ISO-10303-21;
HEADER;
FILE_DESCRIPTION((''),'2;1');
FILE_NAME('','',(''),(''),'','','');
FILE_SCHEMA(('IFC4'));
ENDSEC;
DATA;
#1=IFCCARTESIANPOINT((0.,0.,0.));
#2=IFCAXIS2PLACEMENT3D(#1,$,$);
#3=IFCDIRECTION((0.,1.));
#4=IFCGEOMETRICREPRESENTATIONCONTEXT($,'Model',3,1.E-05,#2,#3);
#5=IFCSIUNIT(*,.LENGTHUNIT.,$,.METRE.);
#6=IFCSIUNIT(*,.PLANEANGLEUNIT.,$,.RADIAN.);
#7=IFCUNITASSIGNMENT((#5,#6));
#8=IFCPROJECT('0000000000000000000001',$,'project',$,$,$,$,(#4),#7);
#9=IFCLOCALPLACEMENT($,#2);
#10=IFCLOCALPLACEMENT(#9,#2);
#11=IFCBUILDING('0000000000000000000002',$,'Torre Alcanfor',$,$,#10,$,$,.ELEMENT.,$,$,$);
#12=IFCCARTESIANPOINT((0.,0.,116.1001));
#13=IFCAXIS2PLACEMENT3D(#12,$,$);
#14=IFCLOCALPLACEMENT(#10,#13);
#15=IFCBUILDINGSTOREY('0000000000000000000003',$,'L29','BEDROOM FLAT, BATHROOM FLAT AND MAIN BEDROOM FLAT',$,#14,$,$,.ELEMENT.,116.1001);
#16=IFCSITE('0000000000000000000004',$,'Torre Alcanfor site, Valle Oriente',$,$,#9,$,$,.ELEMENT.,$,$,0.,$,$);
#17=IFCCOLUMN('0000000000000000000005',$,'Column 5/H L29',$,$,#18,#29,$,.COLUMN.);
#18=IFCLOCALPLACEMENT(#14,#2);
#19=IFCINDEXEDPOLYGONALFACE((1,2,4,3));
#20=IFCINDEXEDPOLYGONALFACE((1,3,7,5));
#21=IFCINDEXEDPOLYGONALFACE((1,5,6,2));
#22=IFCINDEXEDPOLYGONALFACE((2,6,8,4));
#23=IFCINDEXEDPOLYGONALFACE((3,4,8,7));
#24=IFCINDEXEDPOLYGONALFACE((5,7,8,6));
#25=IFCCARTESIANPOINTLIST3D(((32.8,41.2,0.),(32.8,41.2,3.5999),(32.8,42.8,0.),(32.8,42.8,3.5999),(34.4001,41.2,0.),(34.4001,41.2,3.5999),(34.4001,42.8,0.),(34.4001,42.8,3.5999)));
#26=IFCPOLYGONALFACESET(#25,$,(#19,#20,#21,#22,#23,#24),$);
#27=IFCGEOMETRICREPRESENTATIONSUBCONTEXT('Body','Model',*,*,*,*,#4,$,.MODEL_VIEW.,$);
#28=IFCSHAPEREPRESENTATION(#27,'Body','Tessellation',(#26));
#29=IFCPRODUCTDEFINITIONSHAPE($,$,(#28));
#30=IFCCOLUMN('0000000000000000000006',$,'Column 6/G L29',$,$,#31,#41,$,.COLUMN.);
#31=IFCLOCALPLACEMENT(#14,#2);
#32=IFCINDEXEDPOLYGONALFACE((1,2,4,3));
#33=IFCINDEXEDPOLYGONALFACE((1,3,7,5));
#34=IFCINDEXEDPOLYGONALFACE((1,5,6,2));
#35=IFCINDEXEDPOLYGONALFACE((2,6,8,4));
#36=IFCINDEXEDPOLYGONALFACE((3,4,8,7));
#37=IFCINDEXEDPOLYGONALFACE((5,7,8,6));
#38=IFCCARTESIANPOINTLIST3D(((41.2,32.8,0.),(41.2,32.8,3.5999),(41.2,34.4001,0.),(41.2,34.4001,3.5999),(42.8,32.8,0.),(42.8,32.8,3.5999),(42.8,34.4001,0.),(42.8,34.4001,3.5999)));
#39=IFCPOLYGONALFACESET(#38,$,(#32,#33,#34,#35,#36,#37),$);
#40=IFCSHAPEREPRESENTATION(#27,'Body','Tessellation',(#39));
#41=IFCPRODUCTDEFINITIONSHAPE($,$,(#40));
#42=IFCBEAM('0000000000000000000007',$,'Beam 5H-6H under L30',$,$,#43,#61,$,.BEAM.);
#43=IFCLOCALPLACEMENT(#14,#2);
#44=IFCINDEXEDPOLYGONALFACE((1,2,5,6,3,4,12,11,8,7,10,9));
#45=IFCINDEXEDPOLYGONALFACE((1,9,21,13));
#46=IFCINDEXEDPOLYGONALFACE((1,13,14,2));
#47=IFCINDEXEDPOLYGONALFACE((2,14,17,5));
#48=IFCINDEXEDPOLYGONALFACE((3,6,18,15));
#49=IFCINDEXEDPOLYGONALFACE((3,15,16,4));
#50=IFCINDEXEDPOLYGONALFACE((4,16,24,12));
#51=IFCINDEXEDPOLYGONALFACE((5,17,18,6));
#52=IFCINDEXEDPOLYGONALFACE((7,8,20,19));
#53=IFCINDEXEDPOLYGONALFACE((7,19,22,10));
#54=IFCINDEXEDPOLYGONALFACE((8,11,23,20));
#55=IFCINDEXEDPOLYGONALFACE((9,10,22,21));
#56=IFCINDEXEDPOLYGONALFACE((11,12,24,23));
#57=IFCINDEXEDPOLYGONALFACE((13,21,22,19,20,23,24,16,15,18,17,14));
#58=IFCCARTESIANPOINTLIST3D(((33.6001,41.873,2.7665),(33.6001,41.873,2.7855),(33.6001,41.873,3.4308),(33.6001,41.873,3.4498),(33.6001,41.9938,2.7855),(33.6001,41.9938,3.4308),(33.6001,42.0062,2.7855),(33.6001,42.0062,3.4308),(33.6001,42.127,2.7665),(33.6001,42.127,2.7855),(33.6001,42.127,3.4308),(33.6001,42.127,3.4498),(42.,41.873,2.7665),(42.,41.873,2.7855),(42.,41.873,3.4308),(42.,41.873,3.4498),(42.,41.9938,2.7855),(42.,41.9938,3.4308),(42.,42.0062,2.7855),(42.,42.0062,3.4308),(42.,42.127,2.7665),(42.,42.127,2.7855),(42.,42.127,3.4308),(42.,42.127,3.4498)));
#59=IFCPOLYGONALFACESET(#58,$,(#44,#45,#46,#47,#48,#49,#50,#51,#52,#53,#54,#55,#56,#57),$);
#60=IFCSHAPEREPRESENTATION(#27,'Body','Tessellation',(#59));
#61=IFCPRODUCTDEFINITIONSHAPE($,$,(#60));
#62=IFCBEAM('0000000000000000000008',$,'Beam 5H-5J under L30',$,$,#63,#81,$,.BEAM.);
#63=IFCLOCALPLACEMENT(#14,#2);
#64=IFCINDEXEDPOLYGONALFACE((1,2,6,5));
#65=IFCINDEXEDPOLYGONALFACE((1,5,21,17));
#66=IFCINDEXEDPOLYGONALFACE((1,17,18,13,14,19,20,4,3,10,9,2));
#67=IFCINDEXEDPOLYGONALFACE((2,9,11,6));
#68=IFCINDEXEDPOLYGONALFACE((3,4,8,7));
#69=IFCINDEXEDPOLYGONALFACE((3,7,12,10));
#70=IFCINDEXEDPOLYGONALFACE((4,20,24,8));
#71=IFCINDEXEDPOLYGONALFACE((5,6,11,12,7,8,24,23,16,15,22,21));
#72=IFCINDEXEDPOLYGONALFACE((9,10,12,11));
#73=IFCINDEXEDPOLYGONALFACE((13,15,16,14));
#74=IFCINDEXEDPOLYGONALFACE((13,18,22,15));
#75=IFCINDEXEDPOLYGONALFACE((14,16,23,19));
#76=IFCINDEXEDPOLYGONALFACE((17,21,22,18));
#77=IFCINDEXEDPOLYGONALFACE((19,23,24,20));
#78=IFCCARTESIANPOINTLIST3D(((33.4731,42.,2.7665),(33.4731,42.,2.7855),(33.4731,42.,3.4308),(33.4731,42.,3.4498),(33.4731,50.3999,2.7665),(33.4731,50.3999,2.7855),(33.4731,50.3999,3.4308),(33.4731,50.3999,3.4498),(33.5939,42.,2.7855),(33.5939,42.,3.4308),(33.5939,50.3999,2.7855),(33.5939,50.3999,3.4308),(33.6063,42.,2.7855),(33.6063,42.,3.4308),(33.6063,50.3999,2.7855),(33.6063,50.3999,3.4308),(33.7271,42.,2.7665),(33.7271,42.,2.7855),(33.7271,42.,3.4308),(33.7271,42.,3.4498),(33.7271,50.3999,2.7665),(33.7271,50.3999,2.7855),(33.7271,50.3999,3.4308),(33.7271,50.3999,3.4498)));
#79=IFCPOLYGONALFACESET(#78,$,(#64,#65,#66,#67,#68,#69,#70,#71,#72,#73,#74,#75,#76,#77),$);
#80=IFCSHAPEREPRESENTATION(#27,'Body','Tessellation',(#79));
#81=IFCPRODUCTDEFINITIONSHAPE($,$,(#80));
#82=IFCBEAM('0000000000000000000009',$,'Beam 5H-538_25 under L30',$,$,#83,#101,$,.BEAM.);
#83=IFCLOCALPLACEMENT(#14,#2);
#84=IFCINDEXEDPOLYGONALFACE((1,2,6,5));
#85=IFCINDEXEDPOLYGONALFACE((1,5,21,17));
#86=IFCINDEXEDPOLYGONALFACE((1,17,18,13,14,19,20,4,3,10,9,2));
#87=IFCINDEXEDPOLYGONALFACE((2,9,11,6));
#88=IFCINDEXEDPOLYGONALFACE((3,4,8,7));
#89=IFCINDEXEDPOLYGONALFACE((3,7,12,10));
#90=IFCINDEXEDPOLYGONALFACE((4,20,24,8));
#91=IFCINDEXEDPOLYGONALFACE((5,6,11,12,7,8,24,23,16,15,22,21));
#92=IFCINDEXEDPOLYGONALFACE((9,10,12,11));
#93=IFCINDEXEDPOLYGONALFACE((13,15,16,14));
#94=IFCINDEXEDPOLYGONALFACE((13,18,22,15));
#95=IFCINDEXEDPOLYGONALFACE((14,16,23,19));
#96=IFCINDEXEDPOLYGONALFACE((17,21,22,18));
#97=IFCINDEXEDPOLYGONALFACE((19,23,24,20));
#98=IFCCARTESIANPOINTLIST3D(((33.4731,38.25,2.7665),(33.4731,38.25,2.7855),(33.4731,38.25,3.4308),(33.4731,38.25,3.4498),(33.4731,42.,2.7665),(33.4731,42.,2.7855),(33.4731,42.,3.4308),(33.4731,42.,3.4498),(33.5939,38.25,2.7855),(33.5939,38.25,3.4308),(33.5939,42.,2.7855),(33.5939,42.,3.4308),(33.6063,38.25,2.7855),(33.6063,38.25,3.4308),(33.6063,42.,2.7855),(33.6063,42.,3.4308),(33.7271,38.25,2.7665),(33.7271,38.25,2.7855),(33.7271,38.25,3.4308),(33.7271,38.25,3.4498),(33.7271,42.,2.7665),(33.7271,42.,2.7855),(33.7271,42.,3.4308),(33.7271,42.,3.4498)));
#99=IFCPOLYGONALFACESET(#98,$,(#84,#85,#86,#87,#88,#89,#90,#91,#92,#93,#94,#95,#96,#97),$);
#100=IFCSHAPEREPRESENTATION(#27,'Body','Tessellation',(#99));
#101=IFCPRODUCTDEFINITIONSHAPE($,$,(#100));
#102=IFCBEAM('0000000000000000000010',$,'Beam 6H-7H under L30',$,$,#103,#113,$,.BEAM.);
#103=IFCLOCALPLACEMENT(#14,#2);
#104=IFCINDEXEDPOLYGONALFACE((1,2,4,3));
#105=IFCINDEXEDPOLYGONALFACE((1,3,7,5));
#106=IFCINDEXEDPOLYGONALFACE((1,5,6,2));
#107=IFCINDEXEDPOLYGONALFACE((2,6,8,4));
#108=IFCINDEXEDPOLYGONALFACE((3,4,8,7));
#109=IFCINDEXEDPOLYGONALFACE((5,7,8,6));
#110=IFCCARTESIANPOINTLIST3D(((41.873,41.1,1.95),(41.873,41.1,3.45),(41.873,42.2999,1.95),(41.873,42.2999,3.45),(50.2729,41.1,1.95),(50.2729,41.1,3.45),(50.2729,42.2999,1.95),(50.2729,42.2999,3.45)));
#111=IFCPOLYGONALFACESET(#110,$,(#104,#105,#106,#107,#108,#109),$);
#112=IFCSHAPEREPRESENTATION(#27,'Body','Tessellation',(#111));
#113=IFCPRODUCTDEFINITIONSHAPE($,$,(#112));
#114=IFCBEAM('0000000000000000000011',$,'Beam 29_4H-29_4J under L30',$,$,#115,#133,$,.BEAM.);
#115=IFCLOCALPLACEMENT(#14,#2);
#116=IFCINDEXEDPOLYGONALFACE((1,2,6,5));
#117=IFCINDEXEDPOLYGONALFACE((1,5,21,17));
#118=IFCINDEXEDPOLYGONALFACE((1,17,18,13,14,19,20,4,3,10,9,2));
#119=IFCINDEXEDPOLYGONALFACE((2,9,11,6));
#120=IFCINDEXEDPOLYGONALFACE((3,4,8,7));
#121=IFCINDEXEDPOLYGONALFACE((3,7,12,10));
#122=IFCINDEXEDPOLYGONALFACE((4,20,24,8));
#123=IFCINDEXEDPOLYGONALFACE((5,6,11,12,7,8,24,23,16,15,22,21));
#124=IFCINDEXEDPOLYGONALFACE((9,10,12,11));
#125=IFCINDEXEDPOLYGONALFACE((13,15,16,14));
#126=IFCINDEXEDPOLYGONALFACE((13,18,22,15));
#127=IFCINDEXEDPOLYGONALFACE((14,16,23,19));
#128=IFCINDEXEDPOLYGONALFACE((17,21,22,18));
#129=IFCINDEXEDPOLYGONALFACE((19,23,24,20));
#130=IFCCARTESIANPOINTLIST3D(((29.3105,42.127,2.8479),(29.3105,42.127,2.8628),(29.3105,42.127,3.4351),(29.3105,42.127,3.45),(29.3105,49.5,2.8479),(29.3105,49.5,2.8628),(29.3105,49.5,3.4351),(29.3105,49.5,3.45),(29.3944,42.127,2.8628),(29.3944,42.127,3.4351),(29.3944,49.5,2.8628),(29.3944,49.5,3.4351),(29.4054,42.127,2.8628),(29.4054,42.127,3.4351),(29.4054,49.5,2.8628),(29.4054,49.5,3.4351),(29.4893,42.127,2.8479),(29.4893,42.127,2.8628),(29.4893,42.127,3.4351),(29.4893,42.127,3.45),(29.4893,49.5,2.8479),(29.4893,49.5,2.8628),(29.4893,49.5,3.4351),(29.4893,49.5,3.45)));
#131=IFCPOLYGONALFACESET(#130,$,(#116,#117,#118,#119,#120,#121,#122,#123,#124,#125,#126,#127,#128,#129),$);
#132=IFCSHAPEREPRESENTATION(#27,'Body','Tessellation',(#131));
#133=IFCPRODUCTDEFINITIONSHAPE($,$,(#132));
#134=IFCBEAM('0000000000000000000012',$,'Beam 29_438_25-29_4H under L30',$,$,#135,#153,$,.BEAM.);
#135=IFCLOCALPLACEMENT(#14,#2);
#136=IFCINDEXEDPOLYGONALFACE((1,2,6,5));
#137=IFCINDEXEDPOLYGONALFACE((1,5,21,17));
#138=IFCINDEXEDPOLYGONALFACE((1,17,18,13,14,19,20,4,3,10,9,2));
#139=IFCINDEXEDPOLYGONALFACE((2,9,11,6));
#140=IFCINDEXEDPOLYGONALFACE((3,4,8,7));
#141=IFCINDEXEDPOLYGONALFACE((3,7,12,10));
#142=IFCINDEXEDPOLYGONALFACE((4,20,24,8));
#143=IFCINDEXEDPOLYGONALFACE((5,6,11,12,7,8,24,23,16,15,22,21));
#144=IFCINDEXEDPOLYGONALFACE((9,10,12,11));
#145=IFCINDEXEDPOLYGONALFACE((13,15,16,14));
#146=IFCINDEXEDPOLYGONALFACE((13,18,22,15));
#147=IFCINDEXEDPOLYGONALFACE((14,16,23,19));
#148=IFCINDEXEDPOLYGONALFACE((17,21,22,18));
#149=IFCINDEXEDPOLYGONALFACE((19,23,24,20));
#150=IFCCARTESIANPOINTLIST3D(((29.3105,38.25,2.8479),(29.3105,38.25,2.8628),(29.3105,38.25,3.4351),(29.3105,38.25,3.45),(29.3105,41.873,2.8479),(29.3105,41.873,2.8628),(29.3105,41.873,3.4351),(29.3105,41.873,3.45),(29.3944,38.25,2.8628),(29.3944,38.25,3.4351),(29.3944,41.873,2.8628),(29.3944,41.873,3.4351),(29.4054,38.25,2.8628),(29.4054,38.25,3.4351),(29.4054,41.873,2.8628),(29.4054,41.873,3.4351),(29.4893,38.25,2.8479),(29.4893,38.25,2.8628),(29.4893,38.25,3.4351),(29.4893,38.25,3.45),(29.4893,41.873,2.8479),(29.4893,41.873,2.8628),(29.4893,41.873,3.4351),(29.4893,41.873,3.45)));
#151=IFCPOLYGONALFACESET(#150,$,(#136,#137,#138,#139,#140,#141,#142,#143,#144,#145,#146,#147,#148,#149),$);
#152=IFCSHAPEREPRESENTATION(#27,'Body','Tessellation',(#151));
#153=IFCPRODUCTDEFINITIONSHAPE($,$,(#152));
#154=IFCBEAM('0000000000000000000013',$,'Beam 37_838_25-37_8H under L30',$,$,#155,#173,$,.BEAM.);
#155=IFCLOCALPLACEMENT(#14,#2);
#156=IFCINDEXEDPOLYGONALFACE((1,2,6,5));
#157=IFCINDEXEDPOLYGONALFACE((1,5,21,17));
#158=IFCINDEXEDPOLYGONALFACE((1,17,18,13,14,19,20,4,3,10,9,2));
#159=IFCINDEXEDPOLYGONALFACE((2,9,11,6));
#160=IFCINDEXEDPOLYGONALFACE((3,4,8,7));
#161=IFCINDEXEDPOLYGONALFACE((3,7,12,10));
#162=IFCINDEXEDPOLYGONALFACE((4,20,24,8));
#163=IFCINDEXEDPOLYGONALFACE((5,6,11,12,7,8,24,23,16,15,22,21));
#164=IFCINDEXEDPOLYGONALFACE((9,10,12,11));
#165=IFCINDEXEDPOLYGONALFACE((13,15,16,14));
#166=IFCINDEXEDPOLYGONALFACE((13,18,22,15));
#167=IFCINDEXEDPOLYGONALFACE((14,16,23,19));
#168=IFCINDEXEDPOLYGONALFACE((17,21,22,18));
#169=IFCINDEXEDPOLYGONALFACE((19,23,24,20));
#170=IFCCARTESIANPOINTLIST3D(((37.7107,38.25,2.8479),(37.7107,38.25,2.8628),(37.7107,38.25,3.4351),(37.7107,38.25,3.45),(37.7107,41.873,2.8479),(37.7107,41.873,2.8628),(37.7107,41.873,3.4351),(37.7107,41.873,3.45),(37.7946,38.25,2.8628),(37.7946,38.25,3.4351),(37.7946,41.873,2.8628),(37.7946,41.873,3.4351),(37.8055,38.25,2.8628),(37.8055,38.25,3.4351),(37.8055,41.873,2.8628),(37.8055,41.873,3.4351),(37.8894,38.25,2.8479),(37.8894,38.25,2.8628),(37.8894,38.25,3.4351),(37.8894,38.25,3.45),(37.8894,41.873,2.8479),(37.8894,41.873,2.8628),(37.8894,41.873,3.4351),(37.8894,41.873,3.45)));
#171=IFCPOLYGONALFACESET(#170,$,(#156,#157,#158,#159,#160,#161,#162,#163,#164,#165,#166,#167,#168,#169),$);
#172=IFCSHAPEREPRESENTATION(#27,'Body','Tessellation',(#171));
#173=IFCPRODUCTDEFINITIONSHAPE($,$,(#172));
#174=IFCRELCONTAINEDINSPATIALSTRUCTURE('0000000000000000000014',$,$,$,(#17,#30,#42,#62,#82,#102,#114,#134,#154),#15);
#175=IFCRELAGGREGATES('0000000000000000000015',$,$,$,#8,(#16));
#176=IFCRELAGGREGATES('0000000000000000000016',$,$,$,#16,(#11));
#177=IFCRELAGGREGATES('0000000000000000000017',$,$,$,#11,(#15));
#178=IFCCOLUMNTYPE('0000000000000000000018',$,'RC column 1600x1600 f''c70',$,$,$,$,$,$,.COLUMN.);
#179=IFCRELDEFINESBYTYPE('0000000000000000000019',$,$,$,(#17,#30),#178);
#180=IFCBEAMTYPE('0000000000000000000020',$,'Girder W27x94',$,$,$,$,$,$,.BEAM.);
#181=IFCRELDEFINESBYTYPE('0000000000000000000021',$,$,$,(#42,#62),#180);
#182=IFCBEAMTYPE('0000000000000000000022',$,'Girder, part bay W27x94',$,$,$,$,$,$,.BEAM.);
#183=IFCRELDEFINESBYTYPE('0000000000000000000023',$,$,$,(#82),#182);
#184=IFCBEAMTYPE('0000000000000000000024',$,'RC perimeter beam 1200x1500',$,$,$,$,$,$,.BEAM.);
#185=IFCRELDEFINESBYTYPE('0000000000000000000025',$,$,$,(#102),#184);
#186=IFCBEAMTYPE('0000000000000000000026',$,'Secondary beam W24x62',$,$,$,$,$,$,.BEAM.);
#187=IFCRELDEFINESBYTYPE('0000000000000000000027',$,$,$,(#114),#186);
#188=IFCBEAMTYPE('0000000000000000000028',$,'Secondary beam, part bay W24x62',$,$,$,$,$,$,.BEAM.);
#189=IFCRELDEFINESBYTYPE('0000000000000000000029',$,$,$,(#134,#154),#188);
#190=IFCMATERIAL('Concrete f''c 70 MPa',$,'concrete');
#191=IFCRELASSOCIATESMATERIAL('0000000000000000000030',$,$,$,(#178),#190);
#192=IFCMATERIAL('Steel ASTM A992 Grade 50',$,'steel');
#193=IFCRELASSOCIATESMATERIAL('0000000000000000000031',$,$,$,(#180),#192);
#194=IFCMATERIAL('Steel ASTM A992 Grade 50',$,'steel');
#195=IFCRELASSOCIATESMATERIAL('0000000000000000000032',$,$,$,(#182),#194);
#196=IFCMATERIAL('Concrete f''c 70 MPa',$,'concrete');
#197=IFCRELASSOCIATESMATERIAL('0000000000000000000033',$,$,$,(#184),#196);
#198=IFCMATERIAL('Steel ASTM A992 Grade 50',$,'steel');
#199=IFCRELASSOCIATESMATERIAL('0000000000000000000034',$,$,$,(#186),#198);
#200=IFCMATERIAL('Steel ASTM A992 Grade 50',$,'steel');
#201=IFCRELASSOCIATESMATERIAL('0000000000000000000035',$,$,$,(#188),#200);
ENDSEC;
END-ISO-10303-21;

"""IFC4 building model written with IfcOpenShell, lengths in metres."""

from ifc_helpers import new_model, si_unit, direction, frame, origin, origin_2d, place, context, subcontext, project, spatial, rectangle, i_section, extrude, material, material_profile, profile_set, type_object, element, save


model = new_model("IFC4")

# Units and contexts
model_context = context("Model", 3, precision=1e-05, world=origin(), true_north=direction((0.0, 1.0)))
body_context = subcontext(model_context, "Body", "Model", "MODEL_VIEW")
ifc_project = project(units=[si_unit("LENGTHUNIT", "METRE"), si_unit("PLANEANGLEUNIT", "RADIAN")], contexts=[model_context])

# Site, building, storey
site_placement = place(None, origin())
site = spatial("IfcSite", under=ifc_project, at=site_placement, Name="Torre Alcanfor site, Valle Oriente", CompositionType="ELEMENT", RefElevation=0.0)
building_placement = place(site_placement, origin())
building = spatial("IfcBuilding", under=site, at=building_placement, Name="Torre Alcanfor", CompositionType="ELEMENT")
storey_placement = place(building_placement, frame((0.0, 0.0, 116.1001)))
storey = spatial("IfcBuildingStorey", under=building, at=storey_placement, Name="L29", Description="BEDROOM FLAT, BATHROOM FLAT AND MAIN BEDROOM FLAT", CompositionType="ELEMENT", Elevation=116.1001)

# Columns
ifc_material_1 = material(Name="Concrete f'c 70 MPa", Category="concrete")
ifc_material_profile_1 = material_profile(ifc_material_1, rectangle(XDim=1.6001, YDim=1.6001, at=origin_2d()), Name="1600x1600")
ifc_profile_set_1 = profile_set([ifc_material_profile_1], Name="Concrete f'c 70 MPa")
column_type = type_object("IfcColumnType", Name="RC column 1600x1600 f'c70", PredefinedType="COLUMN", material=ifc_profile_set_1)
for number, where, z_axis, x_axis, name in (
    (1, (33.6001, 42.0, 0.0), (0.0, 0.0, 1.0), (1.0, 0.0, 0.0), "Column 5/H L29"),
    (2, (42.0, 33.6001, 0.0), (0.0, 0.0, 1.0), (1.0, 0.0, 0.0), "Column 6/G L29"),
):
    element("IfcColumn", number, at=place(storey_placement, frame(where, z_axis=z_axis, x_axis=x_axis)), inside=storey, type_object=column_type, Name=name, PredefinedType="COLUMN", context=body_context, shape_type="SweptSolid", body=[
        extrude(rectangle(XDim=1.6001, YDim=1.6001, at=origin_2d()), origin(), (0.0, 0.0, 1.0), 3.5999),
    ])

# Beams
ifc_material_2 = material(Name="Steel ASTM A992 Grade 50", Category="steel")
ifc_material_profile_2 = material_profile(ifc_material_2, i_section(OverallWidth=0.2539, OverallDepth=0.6833, WebThickness=0.0125, FlangeThickness=0.019, at=origin_2d()), Name="W27x94")
ifc_profile_set_2 = profile_set([ifc_material_profile_2], Name="Steel ASTM A992 Grade 50")
beam_type_1 = type_object("IfcBeamType", Name="Girder W27x94", PredefinedType="BEAM", material=ifc_profile_set_2)
for number, where, z_axis, x_axis, name in (
    (3, (33.6001, 42.0, 3.1082), (1.0, 0.0, 0.0), (0.0, 1.0, 0.0), "Beam 5H-6H under L30"),
    (4, (33.6001, 42.0, 3.1082), (0.0, 1.0, 0.0), (-1.0, 0.0, 0.0), "Beam 5H-5J under L30"),
):
    element("IfcBeam", number, at=place(storey_placement, frame(where, z_axis=z_axis, x_axis=x_axis)), inside=storey, type_object=beam_type_1, Name=name, PredefinedType="BEAM", context=body_context, shape_type="SweptSolid", body=[
        extrude(i_section(OverallWidth=0.2539, OverallDepth=0.6833, WebThickness=0.0125, FlangeThickness=0.019, at=origin_2d()), origin(), (0.0, 0.0, 1.0), 8.3999),
    ])
ifc_material_3 = material(Name="Steel ASTM A992 Grade 50", Category="steel")
ifc_material_profile_3 = material_profile(ifc_material_3, i_section(OverallWidth=0.2539, OverallDepth=0.6833, WebThickness=0.0125, FlangeThickness=0.019, at=origin_2d()), Name="W27x94")
ifc_profile_set_3 = profile_set([ifc_material_profile_3], Name="Steel ASTM A992 Grade 50")
beam_type_2 = type_object("IfcBeamType", Name="Girder, part bay W27x94", PredefinedType="BEAM", material=ifc_profile_set_3)
beam_1_placement = place(storey_placement, frame((33.6001, 42.0, 3.1082), z_axis=(0.0, -1.0, 0.0), x_axis=(1.0, 0.0, 0.0)))
element("IfcBeam", 5, at=beam_1_placement, inside=storey, type_object=beam_type_2, Name="Beam 5H-538_25 under L30", PredefinedType="BEAM", context=body_context, shape_type="SweptSolid", body=[
    extrude(i_section(OverallWidth=0.2539, OverallDepth=0.6833, WebThickness=0.0125, FlangeThickness=0.019, at=origin_2d()), origin(), (0.0, 0.0, 1.0), 3.75),
])
ifc_material_4 = material(Name="Concrete f'c 70 MPa", Category="concrete")
ifc_material_profile_4 = material_profile(ifc_material_4, rectangle(XDim=1.2, YDim=1.5, at=origin_2d()), Name="1200x1500")
ifc_profile_set_4 = profile_set([ifc_material_profile_4], Name="Concrete f'c 70 MPa")
beam_type_3 = type_object("IfcBeamType", Name="RC perimeter beam 1200x1500", PredefinedType="BEAM", material=ifc_profile_set_4)
beam_2_placement = place(storey_placement, frame((41.873, 41.7, 2.7), z_axis=(1.0, 0.0, 0.0), x_axis=(0.0, 1.0, 0.0)))
element("IfcBeam", 6, at=beam_2_placement, inside=storey, type_object=beam_type_3, Name="Beam 6H-7H under L30", PredefinedType="BEAM", context=body_context, shape_type="SweptSolid", body=[
    extrude(rectangle(XDim=1.2, YDim=1.5, at=origin_2d()), origin(), (0.0, 0.0, 1.0), 8.3999),
])
ifc_material_5 = material(Name="Steel ASTM A992 Grade 50", Category="steel")
ifc_material_profile_5 = material_profile(ifc_material_5, i_section(OverallWidth=0.1787, OverallDepth=0.6021, WebThickness=0.011, FlangeThickness=0.0149, at=origin_2d()), Name="W24x62")
ifc_profile_set_5 = profile_set([ifc_material_profile_5], Name="Steel ASTM A992 Grade 50")
beam_type_4 = type_object("IfcBeamType", Name="Secondary beam W24x62", PredefinedType="BEAM", material=ifc_profile_set_5)
beam_3_placement = place(storey_placement, frame((29.3999, 42.127, 3.1489), z_axis=(0.0, 1.0, 0.0), x_axis=(-1.0, 0.0, 0.0)))
element("IfcBeam", 7, at=beam_3_placement, inside=storey, type_object=beam_type_4, Name="Beam 29_4H-29_4J under L30", PredefinedType="BEAM", context=body_context, shape_type="SweptSolid", body=[
    extrude(i_section(OverallWidth=0.1787, OverallDepth=0.6021, WebThickness=0.011, FlangeThickness=0.0149, at=origin_2d()), origin(), (0.0, 0.0, 1.0), 7.373),
])
ifc_material_6 = material(Name="Steel ASTM A992 Grade 50", Category="steel")
ifc_material_profile_6 = material_profile(ifc_material_6, i_section(OverallWidth=0.1787, OverallDepth=0.6021, WebThickness=0.011, FlangeThickness=0.0149, at=origin_2d()), Name="W24x62")
ifc_profile_set_6 = profile_set([ifc_material_profile_6], Name="Steel ASTM A992 Grade 50")
beam_type_5 = type_object("IfcBeamType", Name="Secondary beam, part bay W24x62", PredefinedType="BEAM", material=ifc_profile_set_6)
for number, where, z_axis, x_axis, name in (
    (8, (29.3999, 38.25, 3.1489), (0.0, 1.0, 0.0), (-1.0, 0.0, 0.0), "Beam 29_438_25-29_4H under L30"),
    (9, (37.8, 38.25, 3.1489), (0.0, 1.0, 0.0), (-1.0, 0.0, 0.0), "Beam 37_838_25-37_8H under L30"),
):
    element("IfcBeam", number, at=place(storey_placement, frame(where, z_axis=z_axis, x_axis=x_axis)), inside=storey, type_object=beam_type_5, Name=name, PredefinedType="BEAM", context=body_context, shape_type="SweptSolid", body=[
        extrude(i_section(OverallWidth=0.1787, OverallDepth=0.6021, WebThickness=0.011, FlangeThickness=0.0149, at=origin_2d()), origin(), (0.0, 0.0, 1.0), 3.623),
    ])

save(model, "model.ifc")
